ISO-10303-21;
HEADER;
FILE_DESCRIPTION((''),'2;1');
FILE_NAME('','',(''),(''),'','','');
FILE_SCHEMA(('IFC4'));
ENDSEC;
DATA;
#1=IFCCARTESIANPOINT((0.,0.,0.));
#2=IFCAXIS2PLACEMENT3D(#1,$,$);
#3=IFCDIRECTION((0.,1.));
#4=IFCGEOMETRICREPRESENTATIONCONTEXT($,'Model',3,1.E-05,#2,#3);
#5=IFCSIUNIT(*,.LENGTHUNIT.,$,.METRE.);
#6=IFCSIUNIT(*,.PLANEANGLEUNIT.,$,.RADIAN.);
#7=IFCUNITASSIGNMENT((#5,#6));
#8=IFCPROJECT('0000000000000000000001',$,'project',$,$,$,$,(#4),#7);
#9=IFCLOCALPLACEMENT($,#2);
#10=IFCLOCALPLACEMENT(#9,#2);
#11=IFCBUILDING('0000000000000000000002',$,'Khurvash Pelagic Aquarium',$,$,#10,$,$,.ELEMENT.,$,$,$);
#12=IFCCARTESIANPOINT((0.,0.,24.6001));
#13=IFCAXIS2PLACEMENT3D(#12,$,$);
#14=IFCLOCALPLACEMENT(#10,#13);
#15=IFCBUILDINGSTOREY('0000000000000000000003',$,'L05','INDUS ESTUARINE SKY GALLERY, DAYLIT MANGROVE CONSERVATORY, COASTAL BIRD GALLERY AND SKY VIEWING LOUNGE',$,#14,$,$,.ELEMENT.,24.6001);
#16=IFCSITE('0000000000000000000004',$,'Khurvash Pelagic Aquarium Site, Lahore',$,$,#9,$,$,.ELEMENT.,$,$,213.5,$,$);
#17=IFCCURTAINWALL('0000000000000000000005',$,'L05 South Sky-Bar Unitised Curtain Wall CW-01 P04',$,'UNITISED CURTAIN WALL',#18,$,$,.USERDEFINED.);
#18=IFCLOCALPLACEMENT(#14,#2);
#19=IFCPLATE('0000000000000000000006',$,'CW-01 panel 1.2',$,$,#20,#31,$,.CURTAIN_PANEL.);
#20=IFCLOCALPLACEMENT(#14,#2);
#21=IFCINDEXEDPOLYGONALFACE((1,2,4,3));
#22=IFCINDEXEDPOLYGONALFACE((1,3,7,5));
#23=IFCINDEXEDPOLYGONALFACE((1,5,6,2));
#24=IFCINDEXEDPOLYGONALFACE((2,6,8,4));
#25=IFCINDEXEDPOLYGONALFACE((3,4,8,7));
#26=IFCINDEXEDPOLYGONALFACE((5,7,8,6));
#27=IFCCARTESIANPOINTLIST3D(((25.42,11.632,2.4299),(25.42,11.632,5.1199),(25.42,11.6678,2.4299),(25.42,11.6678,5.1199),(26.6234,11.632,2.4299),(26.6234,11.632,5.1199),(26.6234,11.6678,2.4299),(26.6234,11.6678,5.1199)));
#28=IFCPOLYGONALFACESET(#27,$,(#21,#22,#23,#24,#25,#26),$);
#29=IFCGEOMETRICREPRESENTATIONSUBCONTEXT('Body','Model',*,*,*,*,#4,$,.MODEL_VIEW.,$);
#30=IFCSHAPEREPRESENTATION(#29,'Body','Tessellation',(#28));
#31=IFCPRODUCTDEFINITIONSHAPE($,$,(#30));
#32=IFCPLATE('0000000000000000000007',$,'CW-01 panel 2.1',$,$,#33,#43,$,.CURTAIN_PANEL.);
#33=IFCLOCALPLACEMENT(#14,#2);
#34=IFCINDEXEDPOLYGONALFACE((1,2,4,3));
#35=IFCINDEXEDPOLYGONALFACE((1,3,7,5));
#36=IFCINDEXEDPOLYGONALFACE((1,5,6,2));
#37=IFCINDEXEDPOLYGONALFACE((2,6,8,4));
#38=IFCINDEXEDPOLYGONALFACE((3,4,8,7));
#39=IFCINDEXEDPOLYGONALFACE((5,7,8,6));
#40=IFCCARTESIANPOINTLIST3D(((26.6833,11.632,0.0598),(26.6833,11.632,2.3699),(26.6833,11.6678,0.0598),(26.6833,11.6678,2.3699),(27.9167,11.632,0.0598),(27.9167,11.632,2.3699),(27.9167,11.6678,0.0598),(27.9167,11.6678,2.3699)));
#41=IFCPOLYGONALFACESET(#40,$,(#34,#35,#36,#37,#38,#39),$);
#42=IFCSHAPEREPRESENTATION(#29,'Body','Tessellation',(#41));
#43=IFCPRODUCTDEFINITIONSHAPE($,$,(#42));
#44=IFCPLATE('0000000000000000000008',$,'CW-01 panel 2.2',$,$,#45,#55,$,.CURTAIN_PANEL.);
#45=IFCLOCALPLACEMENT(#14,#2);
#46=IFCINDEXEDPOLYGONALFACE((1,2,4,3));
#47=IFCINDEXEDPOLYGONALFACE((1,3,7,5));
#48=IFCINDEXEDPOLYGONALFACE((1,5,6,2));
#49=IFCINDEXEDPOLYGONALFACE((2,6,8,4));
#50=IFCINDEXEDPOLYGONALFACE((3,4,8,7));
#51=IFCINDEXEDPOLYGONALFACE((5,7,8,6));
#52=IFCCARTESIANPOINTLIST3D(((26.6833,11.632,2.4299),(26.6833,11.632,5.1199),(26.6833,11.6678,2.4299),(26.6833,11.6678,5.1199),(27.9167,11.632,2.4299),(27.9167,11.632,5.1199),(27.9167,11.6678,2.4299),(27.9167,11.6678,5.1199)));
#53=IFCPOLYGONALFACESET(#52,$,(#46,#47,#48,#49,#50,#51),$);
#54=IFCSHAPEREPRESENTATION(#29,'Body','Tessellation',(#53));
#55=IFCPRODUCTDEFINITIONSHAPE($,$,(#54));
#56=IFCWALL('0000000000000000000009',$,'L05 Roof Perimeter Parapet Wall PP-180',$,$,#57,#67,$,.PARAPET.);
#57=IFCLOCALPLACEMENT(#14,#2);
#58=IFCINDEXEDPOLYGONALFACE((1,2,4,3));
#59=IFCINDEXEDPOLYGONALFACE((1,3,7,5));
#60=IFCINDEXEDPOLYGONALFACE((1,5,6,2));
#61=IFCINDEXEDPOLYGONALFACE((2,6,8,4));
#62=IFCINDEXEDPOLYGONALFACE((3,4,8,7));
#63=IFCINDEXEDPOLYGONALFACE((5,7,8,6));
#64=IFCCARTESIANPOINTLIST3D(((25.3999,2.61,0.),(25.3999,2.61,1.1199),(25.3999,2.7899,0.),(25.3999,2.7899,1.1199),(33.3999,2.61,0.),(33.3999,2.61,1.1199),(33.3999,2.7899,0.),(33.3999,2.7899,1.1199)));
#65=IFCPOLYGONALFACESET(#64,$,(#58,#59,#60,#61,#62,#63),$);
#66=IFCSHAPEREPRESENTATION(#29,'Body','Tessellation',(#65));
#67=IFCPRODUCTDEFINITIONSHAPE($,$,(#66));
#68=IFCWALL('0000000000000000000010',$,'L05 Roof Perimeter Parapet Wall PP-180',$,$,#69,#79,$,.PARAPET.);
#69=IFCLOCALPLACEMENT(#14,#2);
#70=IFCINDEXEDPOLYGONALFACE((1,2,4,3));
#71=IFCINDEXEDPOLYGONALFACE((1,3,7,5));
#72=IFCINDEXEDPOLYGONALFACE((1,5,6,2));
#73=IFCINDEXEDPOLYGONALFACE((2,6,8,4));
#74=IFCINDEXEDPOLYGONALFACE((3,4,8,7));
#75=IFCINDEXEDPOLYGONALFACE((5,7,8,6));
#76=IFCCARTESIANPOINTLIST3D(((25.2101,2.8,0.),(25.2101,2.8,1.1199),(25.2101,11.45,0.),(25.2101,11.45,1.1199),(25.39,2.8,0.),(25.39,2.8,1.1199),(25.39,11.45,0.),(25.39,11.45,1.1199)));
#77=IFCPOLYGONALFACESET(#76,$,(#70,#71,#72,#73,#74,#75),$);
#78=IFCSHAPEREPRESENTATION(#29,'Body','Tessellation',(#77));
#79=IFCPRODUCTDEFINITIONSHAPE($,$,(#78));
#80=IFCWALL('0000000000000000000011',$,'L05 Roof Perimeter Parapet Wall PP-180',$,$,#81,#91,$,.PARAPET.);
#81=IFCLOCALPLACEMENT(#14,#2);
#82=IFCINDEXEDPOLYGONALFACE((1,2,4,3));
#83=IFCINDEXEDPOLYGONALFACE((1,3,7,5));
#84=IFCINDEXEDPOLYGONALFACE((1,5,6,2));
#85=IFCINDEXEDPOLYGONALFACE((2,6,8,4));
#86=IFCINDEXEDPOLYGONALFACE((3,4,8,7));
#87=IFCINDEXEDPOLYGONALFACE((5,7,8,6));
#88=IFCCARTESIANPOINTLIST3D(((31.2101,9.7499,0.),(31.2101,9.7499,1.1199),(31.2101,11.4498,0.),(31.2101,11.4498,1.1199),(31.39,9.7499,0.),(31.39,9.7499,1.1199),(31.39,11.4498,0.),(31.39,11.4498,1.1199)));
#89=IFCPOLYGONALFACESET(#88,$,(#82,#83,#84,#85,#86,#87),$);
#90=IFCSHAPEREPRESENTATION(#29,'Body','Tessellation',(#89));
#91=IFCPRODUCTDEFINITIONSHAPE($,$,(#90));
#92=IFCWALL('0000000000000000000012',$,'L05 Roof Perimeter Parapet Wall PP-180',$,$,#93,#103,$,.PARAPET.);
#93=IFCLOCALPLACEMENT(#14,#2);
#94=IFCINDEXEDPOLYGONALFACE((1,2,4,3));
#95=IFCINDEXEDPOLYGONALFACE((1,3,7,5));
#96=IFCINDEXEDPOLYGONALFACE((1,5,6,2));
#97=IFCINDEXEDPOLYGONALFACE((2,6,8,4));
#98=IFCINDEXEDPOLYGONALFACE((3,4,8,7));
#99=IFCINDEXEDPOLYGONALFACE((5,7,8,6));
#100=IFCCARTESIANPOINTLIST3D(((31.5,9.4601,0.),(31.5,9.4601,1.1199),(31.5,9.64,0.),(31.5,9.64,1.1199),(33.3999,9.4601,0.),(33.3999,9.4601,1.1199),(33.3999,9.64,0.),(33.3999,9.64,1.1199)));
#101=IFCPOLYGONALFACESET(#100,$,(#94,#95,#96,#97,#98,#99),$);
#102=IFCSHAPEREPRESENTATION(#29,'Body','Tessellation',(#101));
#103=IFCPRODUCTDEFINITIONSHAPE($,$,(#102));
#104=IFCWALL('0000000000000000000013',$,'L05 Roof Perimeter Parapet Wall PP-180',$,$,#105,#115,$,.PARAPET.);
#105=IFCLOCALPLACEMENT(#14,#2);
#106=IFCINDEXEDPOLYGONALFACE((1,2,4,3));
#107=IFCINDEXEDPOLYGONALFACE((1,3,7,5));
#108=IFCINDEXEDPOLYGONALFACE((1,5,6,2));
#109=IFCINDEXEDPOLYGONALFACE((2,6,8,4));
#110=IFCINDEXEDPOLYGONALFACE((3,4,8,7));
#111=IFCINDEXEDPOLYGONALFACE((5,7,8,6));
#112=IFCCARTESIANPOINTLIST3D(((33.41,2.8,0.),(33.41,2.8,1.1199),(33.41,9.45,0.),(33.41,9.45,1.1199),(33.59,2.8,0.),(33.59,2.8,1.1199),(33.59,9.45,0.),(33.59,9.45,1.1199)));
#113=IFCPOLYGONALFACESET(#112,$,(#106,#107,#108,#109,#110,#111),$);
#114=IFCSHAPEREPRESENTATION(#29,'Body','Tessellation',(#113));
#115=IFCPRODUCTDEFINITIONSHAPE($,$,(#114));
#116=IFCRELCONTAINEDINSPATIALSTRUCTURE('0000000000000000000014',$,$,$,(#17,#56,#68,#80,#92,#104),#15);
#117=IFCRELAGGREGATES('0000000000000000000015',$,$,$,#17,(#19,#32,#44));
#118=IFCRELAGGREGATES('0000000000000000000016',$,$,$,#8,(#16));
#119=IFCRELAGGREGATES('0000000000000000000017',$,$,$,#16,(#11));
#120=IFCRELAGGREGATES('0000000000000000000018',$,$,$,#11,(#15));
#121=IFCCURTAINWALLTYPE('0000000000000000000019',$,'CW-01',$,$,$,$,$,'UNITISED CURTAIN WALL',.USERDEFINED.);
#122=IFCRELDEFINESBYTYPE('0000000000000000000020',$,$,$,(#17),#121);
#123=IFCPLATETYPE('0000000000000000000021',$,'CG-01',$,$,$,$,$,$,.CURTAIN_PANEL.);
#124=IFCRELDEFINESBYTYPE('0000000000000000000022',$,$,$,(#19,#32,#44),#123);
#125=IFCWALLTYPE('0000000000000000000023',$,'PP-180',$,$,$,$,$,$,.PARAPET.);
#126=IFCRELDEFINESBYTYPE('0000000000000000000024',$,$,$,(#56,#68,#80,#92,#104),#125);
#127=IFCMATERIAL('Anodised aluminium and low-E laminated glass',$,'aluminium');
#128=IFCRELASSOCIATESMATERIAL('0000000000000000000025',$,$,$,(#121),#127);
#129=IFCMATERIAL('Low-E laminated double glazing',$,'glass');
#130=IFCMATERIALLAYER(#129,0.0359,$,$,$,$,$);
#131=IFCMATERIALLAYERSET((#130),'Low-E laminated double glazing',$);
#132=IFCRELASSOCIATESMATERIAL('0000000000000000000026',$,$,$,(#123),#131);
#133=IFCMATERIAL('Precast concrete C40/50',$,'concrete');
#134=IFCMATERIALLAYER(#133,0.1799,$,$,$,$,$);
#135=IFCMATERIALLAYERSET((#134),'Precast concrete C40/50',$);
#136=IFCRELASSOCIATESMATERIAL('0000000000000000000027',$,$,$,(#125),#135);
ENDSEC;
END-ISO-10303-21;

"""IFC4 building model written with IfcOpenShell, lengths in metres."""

from ifc_helpers import new_model, si_unit, direction, frame, frame_2d, origin, origin_2d, place, context, subcontext, project, spatial, rectangle, extrude, material, layer, layer_set, type_object, element, aggregate, save


model = new_model("IFC4")

# Units and contexts
model_context = context("Model", 3, precision=1e-05, world=origin(), true_north=direction((0.0, 1.0)))
body_context = subcontext(model_context, "Body", "Model", "MODEL_VIEW")
ifc_project = project(units=[si_unit("LENGTHUNIT", "METRE"), si_unit("PLANEANGLEUNIT", "RADIAN")], contexts=[model_context])

# Site, building, storey
site_placement = place(None, origin())
site = spatial("IfcSite", under=ifc_project, at=site_placement, Name="Khurvash Pelagic Aquarium Site, Lahore", CompositionType="ELEMENT", RefElevation=213.5)
building_placement = place(site_placement, origin())
building = spatial("IfcBuilding", under=site, at=building_placement, Name="Khurvash Pelagic Aquarium", CompositionType="ELEMENT")
storey_placement = place(building_placement, frame((0.0, 0.0, 24.6001)))
storey = spatial("IfcBuildingStorey", under=building, at=storey_placement, Name="L05", Description="INDUS ESTUARINE SKY GALLERY, DAYLIT MANGROVE CONSERVATORY, COASTAL BIRD GALLERY AND SKY VIEWING LOUNGE", CompositionType="ELEMENT", Elevation=24.6001)

# Curtain wall
ifc_material_1 = material(Name="Anodised aluminium and low-E laminated glass", Category="aluminium")
curtain_wall_type = type_object("IfcCurtainWallType", Name="CW-01", ElementType="UNITISED CURTAIN WALL", PredefinedType="USERDEFINED", material=ifc_material_1)
curtain_wall_placement = place(storey_placement, origin())
curtain_wall = element("IfcCurtainWall", 1, at=curtain_wall_placement, inside=storey, type_object=curtain_wall_type, Name="L05 South Sky-Bar Unitised Curtain Wall CW-01 P04", ObjectType="UNITISED CURTAIN WALL", PredefinedType="USERDEFINED")

# Plates
ifc_material_2 = material(Name="Low-E laminated double glazing", Category="glass")
ifc_layer_1 = layer(ifc_material_2, 0.0359)
ifc_layer_set_1 = layer_set([ifc_layer_1], Name="Low-E laminated double glazing")
plate_type = type_object("IfcPlateType", Name="CG-01", PredefinedType="CURTAIN_PANEL", material=ifc_layer_set_1)
plate_1_placement = place(storey_placement, frame((26.0217, 11.6499, 2.4299), z_axis=(0.0, 0.0, 1.0), x_axis=(1.0, 0.0, 0.0)))
plate_1 = element("IfcPlate", 2, at=plate_1_placement, type_object=plate_type, Name="CW-01 panel 1.2", PredefinedType="CURTAIN_PANEL", context=body_context, shape_type="SweptSolid", body=[
    extrude(rectangle(XDim=1.2034, YDim=0.0359, at=origin_2d()), origin(), (0.0, 0.0, 1.0), 2.6899),
])
plate_2_placement = place(storey_placement, frame((27.3, 11.6499, 0.0598), z_axis=(0.0, 0.0, 1.0), x_axis=(1.0, 0.0, 0.0)))
plate_2 = element("IfcPlate", 3, at=plate_2_placement, type_object=plate_type, Name="CW-01 panel 2.1", PredefinedType="CURTAIN_PANEL", context=body_context, shape_type="SweptSolid", body=[
    extrude(rectangle(XDim=1.2334, YDim=0.0359, at=origin_2d()), origin(), (0.0, 0.0, 1.0), 2.3101),
])
plate_3_placement = place(storey_placement, frame((27.3, 11.6499, 2.4299), z_axis=(0.0, 0.0, 1.0), x_axis=(1.0, 0.0, 0.0)))
plate_3 = element("IfcPlate", 4, at=plate_3_placement, type_object=plate_type, Name="CW-01 panel 2.2", PredefinedType="CURTAIN_PANEL", context=body_context, shape_type="SweptSolid", body=[
    extrude(rectangle(XDim=1.2334, YDim=0.0359, at=origin_2d()), origin(), (0.0, 0.0, 1.0), 2.6899),
])
aggregate(curtain_wall, [plate_1, plate_2, plate_3])

# Walls
ifc_material_3 = material(Name="Precast concrete C40/50", Category="concrete")
ifc_layer_2 = layer(ifc_material_3, 0.1799)
ifc_layer_set_2 = layer_set([ifc_layer_2], Name="Precast concrete C40/50")
wall_type = type_object("IfcWallType", Name="PP-180", PredefinedType="PARAPET", material=ifc_layer_set_2)
wall_1_placement = place(storey_placement, frame((33.3999, 2.7, 0.0), z_axis=(0.0, 0.0, 1.0), x_axis=(-1.0, 0.0, 0.0)))
element("IfcWall", 5, at=wall_1_placement, inside=storey, type_object=wall_type, Name="L05 Roof Perimeter Parapet Wall PP-180", PredefinedType="PARAPET", context=body_context, shape_type="SweptSolid", body=[
    extrude(rectangle(XDim=8.0, YDim=0.1799, at=frame_2d((4.0, 0.0))), origin(), (0.0, 0.0, 1.0), 1.1199),
])
wall_2_placement = place(storey_placement, frame((25.3, 2.8, 0.0), z_axis=(0.0, 0.0, 1.0), x_axis=(0.0, 1.0, 0.0)))
element("IfcWall", 6, at=wall_2_placement, inside=storey, type_object=wall_type, Name="L05 Roof Perimeter Parapet Wall PP-180", PredefinedType="PARAPET", context=body_context, shape_type="SweptSolid", body=[
    extrude(rectangle(XDim=8.6499, YDim=0.1799, at=frame_2d((4.325, 0.0))), origin(), (0.0, 0.0, 1.0), 1.1199),
])
wall_3_placement = place(storey_placement, frame((31.3, 11.45, 0.0), z_axis=(0.0, 0.0, 1.0), x_axis=(0.0, -1.0, 0.0)))
element("IfcWall", 7, at=wall_3_placement, inside=storey, type_object=wall_type, Name="L05 Roof Perimeter Parapet Wall PP-180", PredefinedType="PARAPET", context=body_context, shape_type="SweptSolid", body=[
    extrude(rectangle(XDim=1.7, YDim=0.1799, at=frame_2d((0.8501, 0.0))), origin(), (0.0, 0.0, 1.0), 1.1199),
])
wall_4_placement = place(storey_placement, frame((31.5, 9.55, 0.0), z_axis=(0.0, 0.0, 1.0), x_axis=(1.0, 0.0, 0.0)))
element("IfcWall", 8, at=wall_4_placement, inside=storey, type_object=wall_type, Name="L05 Roof Perimeter Parapet Wall PP-180", PredefinedType="PARAPET", context=body_context, shape_type="SweptSolid", body=[
    extrude(rectangle(XDim=1.8999, YDim=0.1799, at=frame_2d((0.95, 0.0))), origin(), (0.0, 0.0, 1.0), 1.1199),
])
wall_5_placement = place(storey_placement, frame((33.5, 9.45, 0.0), z_axis=(0.0, 0.0, 1.0), x_axis=(0.0, -1.0, 0.0)))
element("IfcWall", 9, at=wall_5_placement, inside=storey, type_object=wall_type, Name="L05 Roof Perimeter Parapet Wall PP-180", PredefinedType="PARAPET", context=body_context, shape_type="SweptSolid", body=[
    extrude(rectangle(XDim=6.6499, YDim=0.1799, at=frame_2d((3.325, 0.0))), origin(), (0.0, 0.0, 1.0), 1.1199),
])

save(model, "model.ifc")
